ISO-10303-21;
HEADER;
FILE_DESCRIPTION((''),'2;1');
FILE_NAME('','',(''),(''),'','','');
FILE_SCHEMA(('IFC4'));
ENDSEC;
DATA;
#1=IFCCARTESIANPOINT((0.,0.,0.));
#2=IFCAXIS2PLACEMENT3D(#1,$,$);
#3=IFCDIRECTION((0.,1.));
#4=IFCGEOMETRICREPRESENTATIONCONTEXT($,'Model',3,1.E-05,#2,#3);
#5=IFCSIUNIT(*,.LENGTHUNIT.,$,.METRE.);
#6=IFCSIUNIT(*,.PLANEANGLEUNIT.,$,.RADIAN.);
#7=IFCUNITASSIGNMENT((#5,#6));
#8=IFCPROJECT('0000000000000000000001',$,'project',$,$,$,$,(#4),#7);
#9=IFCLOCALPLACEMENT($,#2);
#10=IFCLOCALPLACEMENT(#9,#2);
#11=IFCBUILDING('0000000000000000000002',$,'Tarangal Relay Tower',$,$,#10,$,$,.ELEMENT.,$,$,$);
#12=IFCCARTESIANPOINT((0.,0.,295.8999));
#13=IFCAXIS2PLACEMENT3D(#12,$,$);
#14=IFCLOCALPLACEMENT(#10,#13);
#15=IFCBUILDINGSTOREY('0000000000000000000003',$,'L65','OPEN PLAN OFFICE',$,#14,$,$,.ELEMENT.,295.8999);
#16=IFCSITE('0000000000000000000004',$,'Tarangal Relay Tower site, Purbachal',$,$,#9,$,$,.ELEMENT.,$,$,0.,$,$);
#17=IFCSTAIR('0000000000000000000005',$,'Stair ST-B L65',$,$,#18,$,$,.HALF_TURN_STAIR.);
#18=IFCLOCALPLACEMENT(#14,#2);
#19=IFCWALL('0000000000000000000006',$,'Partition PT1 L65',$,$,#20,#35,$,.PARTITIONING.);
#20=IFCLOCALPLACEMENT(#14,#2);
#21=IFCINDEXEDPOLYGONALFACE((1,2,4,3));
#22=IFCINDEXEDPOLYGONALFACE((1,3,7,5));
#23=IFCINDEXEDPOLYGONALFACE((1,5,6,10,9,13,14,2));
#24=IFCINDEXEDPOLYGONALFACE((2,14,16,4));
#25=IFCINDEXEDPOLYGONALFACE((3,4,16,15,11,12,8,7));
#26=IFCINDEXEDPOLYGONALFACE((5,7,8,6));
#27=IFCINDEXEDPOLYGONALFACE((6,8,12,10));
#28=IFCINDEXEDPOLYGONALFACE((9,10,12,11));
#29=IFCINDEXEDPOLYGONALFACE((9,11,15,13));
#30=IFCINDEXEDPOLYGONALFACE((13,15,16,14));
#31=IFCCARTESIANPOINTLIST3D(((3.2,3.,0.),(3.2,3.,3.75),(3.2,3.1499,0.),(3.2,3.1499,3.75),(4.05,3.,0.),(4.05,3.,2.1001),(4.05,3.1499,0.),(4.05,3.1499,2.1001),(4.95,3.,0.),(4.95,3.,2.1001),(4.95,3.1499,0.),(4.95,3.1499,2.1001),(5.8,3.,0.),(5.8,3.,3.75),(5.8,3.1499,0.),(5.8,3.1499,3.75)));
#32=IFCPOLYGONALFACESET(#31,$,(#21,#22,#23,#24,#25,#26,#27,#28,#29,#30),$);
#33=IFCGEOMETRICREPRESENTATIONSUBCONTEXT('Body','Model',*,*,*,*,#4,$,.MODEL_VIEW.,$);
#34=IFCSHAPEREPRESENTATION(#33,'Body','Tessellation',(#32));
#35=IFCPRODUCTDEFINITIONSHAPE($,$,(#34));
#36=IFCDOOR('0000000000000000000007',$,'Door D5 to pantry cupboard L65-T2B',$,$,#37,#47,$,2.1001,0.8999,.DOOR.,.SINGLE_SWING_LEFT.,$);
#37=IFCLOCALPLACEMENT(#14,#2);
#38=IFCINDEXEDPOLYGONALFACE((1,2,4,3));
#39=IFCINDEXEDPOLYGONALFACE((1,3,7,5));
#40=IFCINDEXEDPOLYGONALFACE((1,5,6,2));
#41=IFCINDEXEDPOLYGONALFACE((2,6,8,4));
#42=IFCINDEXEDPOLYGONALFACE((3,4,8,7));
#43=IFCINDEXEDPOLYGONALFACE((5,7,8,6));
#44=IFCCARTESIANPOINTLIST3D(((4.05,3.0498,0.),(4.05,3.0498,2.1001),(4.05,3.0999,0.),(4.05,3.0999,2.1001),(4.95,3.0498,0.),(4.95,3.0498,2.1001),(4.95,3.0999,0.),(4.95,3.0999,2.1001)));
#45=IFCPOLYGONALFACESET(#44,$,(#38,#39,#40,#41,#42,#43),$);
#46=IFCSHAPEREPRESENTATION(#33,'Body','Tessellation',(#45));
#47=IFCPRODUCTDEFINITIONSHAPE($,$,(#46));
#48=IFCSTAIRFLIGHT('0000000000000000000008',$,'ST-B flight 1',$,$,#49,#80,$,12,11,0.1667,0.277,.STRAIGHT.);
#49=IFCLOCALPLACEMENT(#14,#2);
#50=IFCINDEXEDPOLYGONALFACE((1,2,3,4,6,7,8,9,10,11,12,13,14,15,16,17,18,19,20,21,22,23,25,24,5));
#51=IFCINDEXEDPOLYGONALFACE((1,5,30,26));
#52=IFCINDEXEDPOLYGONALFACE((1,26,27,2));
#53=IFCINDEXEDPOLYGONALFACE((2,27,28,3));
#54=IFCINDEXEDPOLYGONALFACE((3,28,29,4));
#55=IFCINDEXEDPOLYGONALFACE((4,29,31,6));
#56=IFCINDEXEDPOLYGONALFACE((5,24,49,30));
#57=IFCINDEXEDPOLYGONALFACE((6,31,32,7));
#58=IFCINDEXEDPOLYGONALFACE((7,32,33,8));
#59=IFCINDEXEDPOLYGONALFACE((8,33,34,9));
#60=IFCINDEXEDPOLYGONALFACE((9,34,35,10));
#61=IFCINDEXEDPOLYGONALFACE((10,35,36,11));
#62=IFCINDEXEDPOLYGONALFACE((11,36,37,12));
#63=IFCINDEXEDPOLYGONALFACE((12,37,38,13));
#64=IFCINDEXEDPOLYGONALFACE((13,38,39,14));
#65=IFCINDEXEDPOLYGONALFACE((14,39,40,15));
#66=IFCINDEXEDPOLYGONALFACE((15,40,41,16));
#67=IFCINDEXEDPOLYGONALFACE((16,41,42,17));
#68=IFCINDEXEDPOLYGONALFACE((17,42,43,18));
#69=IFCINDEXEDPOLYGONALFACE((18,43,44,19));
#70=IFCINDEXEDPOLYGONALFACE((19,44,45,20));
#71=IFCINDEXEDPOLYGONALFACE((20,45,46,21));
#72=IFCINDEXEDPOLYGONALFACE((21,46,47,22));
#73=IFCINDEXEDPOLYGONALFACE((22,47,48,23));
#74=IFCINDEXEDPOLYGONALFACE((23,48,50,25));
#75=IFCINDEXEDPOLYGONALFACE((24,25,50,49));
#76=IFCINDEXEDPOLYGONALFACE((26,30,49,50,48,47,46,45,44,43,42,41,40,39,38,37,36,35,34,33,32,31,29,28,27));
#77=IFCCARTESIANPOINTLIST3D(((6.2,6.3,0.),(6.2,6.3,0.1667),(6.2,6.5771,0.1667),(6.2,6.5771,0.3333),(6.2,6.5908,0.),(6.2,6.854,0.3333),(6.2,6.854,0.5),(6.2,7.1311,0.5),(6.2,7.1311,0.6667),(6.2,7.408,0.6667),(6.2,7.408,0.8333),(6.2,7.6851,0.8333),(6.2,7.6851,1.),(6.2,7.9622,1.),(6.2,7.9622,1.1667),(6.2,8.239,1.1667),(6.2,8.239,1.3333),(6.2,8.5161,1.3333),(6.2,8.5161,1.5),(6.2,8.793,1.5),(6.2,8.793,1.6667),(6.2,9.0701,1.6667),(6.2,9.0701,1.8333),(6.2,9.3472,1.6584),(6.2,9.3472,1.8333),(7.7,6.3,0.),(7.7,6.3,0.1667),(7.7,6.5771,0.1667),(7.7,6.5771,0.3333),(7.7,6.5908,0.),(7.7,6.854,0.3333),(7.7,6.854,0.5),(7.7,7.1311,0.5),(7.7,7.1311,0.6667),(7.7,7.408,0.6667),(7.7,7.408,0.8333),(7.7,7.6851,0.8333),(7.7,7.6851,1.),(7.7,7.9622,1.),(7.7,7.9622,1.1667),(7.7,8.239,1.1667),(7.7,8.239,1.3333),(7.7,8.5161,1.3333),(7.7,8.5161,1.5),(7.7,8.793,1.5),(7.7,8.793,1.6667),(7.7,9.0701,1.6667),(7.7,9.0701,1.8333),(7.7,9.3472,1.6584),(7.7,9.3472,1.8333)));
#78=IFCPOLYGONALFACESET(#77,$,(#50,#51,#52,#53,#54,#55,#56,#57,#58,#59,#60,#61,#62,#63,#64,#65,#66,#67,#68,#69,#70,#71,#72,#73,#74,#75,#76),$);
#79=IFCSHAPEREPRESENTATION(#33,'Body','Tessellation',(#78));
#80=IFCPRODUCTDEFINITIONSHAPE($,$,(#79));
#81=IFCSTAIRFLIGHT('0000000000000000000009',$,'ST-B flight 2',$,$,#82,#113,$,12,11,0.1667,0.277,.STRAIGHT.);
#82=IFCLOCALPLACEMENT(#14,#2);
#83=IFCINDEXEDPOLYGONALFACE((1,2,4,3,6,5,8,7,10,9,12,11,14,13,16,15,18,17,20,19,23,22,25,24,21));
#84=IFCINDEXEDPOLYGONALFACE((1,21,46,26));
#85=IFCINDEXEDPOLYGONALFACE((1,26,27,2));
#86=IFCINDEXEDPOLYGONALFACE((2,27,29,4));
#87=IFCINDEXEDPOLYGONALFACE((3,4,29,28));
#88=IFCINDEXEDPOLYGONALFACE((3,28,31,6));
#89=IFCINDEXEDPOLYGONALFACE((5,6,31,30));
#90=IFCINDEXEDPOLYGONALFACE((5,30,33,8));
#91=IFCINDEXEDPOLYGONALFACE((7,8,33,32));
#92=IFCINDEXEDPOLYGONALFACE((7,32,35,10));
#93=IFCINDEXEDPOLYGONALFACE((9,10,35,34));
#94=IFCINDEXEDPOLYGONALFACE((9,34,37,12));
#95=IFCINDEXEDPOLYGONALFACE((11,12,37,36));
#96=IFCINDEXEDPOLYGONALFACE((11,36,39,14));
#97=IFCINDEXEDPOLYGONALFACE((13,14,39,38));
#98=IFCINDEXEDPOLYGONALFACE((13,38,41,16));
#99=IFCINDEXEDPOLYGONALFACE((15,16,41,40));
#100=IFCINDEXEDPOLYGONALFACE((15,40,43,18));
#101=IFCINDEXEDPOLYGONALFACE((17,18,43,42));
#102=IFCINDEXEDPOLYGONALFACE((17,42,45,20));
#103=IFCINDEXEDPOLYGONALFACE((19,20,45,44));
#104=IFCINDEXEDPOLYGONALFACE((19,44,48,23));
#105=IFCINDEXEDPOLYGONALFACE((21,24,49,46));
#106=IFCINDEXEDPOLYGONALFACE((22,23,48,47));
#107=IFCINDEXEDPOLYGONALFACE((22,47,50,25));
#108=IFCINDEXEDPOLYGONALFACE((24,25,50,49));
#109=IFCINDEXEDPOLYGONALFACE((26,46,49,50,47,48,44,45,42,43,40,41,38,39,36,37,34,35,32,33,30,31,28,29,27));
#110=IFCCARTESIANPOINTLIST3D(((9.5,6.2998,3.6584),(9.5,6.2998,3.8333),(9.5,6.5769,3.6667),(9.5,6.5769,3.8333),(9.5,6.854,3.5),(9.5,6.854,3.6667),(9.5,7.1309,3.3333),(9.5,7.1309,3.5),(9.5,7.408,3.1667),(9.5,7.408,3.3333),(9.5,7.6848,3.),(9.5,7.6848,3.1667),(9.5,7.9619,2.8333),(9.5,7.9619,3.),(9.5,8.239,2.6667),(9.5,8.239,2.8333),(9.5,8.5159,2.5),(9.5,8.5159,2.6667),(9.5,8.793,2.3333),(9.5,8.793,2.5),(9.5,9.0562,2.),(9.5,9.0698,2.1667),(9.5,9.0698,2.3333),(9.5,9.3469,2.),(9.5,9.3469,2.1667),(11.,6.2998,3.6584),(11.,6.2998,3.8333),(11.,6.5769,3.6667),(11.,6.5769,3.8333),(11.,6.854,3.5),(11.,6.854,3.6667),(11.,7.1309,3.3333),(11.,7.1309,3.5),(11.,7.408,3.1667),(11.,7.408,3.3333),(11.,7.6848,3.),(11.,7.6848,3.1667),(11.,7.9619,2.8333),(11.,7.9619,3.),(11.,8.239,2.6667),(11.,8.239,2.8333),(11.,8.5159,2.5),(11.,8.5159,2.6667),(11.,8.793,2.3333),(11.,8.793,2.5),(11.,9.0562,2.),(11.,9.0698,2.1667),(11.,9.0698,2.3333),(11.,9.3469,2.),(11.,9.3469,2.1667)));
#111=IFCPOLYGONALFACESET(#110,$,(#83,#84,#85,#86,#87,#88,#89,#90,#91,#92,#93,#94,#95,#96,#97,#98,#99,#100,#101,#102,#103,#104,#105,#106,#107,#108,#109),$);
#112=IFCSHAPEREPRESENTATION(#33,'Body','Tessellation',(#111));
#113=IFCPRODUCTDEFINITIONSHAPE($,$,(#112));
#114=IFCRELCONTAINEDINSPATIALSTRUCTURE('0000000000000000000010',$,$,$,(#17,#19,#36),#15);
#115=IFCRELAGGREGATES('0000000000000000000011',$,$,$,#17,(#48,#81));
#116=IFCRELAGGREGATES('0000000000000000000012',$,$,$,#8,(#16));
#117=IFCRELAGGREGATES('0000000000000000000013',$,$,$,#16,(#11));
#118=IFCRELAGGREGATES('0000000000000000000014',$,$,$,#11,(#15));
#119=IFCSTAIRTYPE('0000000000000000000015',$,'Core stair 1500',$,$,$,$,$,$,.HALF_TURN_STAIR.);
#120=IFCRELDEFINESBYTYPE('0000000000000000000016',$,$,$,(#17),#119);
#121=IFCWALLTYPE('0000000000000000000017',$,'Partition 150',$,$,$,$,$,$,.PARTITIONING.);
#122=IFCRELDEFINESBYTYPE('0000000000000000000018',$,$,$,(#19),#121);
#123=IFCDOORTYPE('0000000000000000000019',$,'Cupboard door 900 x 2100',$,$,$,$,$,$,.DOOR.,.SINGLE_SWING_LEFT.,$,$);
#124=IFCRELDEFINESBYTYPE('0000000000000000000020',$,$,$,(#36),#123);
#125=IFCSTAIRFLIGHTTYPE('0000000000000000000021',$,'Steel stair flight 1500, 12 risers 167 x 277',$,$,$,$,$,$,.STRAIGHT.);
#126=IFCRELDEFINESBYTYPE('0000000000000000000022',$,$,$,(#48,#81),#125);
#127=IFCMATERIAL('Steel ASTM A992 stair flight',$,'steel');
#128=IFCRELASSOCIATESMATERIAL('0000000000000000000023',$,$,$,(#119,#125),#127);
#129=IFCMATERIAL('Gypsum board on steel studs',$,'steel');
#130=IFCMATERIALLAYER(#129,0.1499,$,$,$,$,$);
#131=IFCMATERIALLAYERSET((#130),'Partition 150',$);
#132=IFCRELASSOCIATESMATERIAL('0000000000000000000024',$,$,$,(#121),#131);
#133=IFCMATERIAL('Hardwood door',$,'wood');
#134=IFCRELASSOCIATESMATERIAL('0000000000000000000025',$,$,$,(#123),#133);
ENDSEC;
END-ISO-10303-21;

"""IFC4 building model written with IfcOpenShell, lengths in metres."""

from ifc_helpers import new_model, si_unit, direction, frame, frame_2d, origin, place, context, subcontext, project, spatial, polyline, rectangle, outline, extrude, material, layer, layer_set, type_object, element, fill, aggregate, save


model = new_model("IFC4")

# Units and contexts
model_context = context("Model", 3, precision=1e-05, world=origin(), true_north=direction((0.0, 1.0)))
body_context = subcontext(model_context, "Body", "Model", "MODEL_VIEW")
ifc_project = project(units=[si_unit("LENGTHUNIT", "METRE"), si_unit("PLANEANGLEUNIT", "RADIAN")], contexts=[model_context])

# Site, building, storey
site_placement = place(None, origin())
site = spatial("IfcSite", under=ifc_project, at=site_placement, Name="Tarangal Relay Tower site, Purbachal", CompositionType="ELEMENT", RefElevation=0.0)
building_placement = place(site_placement, origin())
building = spatial("IfcBuilding", under=site, at=building_placement, Name="Tarangal Relay Tower", CompositionType="ELEMENT")
storey_placement = place(building_placement, frame((0.0, 0.0, 295.8999)))
storey = spatial("IfcBuildingStorey", under=building, at=storey_placement, Name="L65", Description="OPEN PLAN OFFICE", CompositionType="ELEMENT", Elevation=295.8999)

# Stair
ifc_material_1 = material(Name="Steel ASTM A992 stair flight", Category="steel")
stair_type = type_object("IfcStairType", Name="Core stair 1500", PredefinedType="HALF_TURN_STAIR", material=ifc_material_1)
stair_1_placement = place(storey_placement, origin())
stair_1 = element("IfcStair", 1, at=stair_1_placement, inside=storey, type_object=stair_type, Name="Stair ST-B L65", PredefinedType="HALF_TURN_STAIR")

# Wall, opening, door
ifc_material_2 = material(Name="Gypsum board on steel studs", Category="steel")
ifc_layer_1 = layer(ifc_material_2, 0.1499)
ifc_layer_set_1 = layer_set([ifc_layer_1], Name="Partition 150")
wall_type_1 = type_object("IfcWallType", Name="Partition 150", PredefinedType="PARTITIONING", material=ifc_layer_set_1)
wall_1_placement = place(storey_placement, frame((3.2, 3.075, 0.0), z_axis=(0.0, 0.0, 1.0), x_axis=(1.0, 0.0, 0.0)))
wall_1 = element("IfcWall", 2, at=wall_1_placement, inside=storey, type_object=wall_type_1, Name="Partition PT1 L65", PredefinedType="PARTITIONING", context=body_context, shape_type="SweptSolid", body=[
    extrude(rectangle(XDim=2.6001, YDim=0.1499, at=frame_2d((1.3, 0.0))), origin(), (0.0, 0.0, 1.0), 3.75),
])
opening_1_placement = place(wall_1_placement, frame((0.8501, 0.0, 0.0)))
opening_1 = element("IfcOpeningElement", 3, at=opening_1_placement, cuts=wall_1, PredefinedType="OPENING", context=body_context, shape_type="SweptSolid", body=[
    extrude(rectangle(XDim=0.8999, YDim=2.1001, at=frame_2d((0.45, 1.05))), frame((0.0, 0.085, 0.0), z_axis=(0.0, -1.0, 0.0), x_axis=(1.0, 0.0, 0.0)), (0.0, 0.0, 1.0), 0.1699),
])
ifc_material_3 = material(Name="Hardwood door", Category="wood")
door_type_1 = type_object("IfcDoorType", Name="Cupboard door 900 x 2100", OperationType="SINGLE_SWING_LEFT", PredefinedType="DOOR", material=ifc_material_3)
door_1_placement = place(opening_1_placement, origin())
door_1 = element("IfcDoor", 4, at=door_1_placement, inside=storey, type_object=door_type_1, Name="Door D5 to pantry cupboard L65-T2B", OperationType="SINGLE_SWING_LEFT", OverallHeight=2.1001, OverallWidth=0.8999, PredefinedType="DOOR", context=body_context, shape_type="SweptSolid", body=[
    extrude(rectangle(XDim=0.8999, YDim=2.1001, at=frame_2d((0.45, 1.05))), frame((0.0, 0.0249, 0.0), z_axis=(0.0, -1.0, 0.0), x_axis=(1.0, 0.0, 0.0)), (0.0, 0.0, 1.0), 0.05),
])
fill(opening_1, door_1)

# Stair flights
stair_flight_type = type_object("IfcStairFlightType", Name="Steel stair flight 1500, 12 risers 167 x 277", PredefinedType="STRAIGHT", material=ifc_material_1)
stair_flight_1_placement = place(storey_placement, frame((6.95, 6.3, 0.0), z_axis=(0.0, 0.0, 1.0), x_axis=(0.0, 1.0, 0.0)))
stair_flight_1 = element("IfcStairFlight", 5, at=stair_flight_1_placement, type_object=stair_flight_type, Name="ST-B flight 1", NumberOfRisers=12, NumberOfTreads=11, PredefinedType="STRAIGHT", RiserHeight=0.1667, TreadLength=0.277, context=body_context, shape_type="SweptSolid", body=[
    extrude(outline(polyline([(0.0, 0.0), (0.0, 0.1667), (0.2771, 0.1667), (0.2771, 0.3333), (0.554, 0.3333), (0.554, 0.5), (0.8311, 0.5), (0.8311, 0.6667), (1.1079, 0.6667), (1.1079, 0.8333), (1.385, 0.8333), (1.385, 1.0), (1.6621, 1.0), (1.6621, 1.1667), (1.939, 1.1667), (1.939, 1.3333), (2.2161, 1.3333), (2.2161, 1.5), (2.4929, 1.5), (2.4929, 1.6667), (2.77, 1.6667), (2.77, 1.8333), (3.0471, 1.8333), (3.0471, 2.0), (3.0471, 1.6584), (0.2908, 0.0), (0.0, 0.0)])), frame((0.0, 0.75, 0.0), z_axis=(0.0, -1.0, 0.0), x_axis=(1.0, 0.0, 0.0)), (0.0, 0.0, 1.0), 1.5),
])
stair_flight_2_placement = place(storey_placement, frame((10.25, 9.3469, 2.0), z_axis=(0.0, 0.0, 1.0), x_axis=(0.0, -1.0, 0.0)))
stair_flight_2 = element("IfcStairFlight", 6, at=stair_flight_2_placement, type_object=stair_flight_type, Name="ST-B flight 2", NumberOfRisers=12, NumberOfTreads=11, PredefinedType="STRAIGHT", RiserHeight=0.1667, TreadLength=0.277, context=body_context, shape_type="SweptSolid", body=[
    extrude(outline(polyline([(0.0, 0.0), (0.0, 0.1667), (0.2771, 0.1667), (0.2771, 0.3333), (0.554, 0.3333), (0.554, 0.5), (0.8311, 0.5), (0.8311, 0.6667), (1.1079, 0.6667), (1.1079, 0.8333), (1.385, 0.8333), (1.385, 1.0), (1.6621, 1.0), (1.6621, 1.1667), (1.939, 1.1667), (1.939, 1.3333), (2.2161, 1.3333), (2.2161, 1.5), (2.4929, 1.5), (2.4929, 1.6667), (2.77, 1.6667), (2.77, 1.8333), (3.0471, 1.8333), (3.0471, 2.0), (3.0471, 1.6584), (0.2908, 0.0), (0.0, 0.0)])), frame((0.0, 0.75, 0.0), z_axis=(0.0, -1.0, 0.0), x_axis=(1.0, 0.0, 0.0)), (0.0, 0.0, 1.0), 1.5),
])
aggregate(stair_1, [stair_flight_1, stair_flight_2])

save(model, "model.ifc")
